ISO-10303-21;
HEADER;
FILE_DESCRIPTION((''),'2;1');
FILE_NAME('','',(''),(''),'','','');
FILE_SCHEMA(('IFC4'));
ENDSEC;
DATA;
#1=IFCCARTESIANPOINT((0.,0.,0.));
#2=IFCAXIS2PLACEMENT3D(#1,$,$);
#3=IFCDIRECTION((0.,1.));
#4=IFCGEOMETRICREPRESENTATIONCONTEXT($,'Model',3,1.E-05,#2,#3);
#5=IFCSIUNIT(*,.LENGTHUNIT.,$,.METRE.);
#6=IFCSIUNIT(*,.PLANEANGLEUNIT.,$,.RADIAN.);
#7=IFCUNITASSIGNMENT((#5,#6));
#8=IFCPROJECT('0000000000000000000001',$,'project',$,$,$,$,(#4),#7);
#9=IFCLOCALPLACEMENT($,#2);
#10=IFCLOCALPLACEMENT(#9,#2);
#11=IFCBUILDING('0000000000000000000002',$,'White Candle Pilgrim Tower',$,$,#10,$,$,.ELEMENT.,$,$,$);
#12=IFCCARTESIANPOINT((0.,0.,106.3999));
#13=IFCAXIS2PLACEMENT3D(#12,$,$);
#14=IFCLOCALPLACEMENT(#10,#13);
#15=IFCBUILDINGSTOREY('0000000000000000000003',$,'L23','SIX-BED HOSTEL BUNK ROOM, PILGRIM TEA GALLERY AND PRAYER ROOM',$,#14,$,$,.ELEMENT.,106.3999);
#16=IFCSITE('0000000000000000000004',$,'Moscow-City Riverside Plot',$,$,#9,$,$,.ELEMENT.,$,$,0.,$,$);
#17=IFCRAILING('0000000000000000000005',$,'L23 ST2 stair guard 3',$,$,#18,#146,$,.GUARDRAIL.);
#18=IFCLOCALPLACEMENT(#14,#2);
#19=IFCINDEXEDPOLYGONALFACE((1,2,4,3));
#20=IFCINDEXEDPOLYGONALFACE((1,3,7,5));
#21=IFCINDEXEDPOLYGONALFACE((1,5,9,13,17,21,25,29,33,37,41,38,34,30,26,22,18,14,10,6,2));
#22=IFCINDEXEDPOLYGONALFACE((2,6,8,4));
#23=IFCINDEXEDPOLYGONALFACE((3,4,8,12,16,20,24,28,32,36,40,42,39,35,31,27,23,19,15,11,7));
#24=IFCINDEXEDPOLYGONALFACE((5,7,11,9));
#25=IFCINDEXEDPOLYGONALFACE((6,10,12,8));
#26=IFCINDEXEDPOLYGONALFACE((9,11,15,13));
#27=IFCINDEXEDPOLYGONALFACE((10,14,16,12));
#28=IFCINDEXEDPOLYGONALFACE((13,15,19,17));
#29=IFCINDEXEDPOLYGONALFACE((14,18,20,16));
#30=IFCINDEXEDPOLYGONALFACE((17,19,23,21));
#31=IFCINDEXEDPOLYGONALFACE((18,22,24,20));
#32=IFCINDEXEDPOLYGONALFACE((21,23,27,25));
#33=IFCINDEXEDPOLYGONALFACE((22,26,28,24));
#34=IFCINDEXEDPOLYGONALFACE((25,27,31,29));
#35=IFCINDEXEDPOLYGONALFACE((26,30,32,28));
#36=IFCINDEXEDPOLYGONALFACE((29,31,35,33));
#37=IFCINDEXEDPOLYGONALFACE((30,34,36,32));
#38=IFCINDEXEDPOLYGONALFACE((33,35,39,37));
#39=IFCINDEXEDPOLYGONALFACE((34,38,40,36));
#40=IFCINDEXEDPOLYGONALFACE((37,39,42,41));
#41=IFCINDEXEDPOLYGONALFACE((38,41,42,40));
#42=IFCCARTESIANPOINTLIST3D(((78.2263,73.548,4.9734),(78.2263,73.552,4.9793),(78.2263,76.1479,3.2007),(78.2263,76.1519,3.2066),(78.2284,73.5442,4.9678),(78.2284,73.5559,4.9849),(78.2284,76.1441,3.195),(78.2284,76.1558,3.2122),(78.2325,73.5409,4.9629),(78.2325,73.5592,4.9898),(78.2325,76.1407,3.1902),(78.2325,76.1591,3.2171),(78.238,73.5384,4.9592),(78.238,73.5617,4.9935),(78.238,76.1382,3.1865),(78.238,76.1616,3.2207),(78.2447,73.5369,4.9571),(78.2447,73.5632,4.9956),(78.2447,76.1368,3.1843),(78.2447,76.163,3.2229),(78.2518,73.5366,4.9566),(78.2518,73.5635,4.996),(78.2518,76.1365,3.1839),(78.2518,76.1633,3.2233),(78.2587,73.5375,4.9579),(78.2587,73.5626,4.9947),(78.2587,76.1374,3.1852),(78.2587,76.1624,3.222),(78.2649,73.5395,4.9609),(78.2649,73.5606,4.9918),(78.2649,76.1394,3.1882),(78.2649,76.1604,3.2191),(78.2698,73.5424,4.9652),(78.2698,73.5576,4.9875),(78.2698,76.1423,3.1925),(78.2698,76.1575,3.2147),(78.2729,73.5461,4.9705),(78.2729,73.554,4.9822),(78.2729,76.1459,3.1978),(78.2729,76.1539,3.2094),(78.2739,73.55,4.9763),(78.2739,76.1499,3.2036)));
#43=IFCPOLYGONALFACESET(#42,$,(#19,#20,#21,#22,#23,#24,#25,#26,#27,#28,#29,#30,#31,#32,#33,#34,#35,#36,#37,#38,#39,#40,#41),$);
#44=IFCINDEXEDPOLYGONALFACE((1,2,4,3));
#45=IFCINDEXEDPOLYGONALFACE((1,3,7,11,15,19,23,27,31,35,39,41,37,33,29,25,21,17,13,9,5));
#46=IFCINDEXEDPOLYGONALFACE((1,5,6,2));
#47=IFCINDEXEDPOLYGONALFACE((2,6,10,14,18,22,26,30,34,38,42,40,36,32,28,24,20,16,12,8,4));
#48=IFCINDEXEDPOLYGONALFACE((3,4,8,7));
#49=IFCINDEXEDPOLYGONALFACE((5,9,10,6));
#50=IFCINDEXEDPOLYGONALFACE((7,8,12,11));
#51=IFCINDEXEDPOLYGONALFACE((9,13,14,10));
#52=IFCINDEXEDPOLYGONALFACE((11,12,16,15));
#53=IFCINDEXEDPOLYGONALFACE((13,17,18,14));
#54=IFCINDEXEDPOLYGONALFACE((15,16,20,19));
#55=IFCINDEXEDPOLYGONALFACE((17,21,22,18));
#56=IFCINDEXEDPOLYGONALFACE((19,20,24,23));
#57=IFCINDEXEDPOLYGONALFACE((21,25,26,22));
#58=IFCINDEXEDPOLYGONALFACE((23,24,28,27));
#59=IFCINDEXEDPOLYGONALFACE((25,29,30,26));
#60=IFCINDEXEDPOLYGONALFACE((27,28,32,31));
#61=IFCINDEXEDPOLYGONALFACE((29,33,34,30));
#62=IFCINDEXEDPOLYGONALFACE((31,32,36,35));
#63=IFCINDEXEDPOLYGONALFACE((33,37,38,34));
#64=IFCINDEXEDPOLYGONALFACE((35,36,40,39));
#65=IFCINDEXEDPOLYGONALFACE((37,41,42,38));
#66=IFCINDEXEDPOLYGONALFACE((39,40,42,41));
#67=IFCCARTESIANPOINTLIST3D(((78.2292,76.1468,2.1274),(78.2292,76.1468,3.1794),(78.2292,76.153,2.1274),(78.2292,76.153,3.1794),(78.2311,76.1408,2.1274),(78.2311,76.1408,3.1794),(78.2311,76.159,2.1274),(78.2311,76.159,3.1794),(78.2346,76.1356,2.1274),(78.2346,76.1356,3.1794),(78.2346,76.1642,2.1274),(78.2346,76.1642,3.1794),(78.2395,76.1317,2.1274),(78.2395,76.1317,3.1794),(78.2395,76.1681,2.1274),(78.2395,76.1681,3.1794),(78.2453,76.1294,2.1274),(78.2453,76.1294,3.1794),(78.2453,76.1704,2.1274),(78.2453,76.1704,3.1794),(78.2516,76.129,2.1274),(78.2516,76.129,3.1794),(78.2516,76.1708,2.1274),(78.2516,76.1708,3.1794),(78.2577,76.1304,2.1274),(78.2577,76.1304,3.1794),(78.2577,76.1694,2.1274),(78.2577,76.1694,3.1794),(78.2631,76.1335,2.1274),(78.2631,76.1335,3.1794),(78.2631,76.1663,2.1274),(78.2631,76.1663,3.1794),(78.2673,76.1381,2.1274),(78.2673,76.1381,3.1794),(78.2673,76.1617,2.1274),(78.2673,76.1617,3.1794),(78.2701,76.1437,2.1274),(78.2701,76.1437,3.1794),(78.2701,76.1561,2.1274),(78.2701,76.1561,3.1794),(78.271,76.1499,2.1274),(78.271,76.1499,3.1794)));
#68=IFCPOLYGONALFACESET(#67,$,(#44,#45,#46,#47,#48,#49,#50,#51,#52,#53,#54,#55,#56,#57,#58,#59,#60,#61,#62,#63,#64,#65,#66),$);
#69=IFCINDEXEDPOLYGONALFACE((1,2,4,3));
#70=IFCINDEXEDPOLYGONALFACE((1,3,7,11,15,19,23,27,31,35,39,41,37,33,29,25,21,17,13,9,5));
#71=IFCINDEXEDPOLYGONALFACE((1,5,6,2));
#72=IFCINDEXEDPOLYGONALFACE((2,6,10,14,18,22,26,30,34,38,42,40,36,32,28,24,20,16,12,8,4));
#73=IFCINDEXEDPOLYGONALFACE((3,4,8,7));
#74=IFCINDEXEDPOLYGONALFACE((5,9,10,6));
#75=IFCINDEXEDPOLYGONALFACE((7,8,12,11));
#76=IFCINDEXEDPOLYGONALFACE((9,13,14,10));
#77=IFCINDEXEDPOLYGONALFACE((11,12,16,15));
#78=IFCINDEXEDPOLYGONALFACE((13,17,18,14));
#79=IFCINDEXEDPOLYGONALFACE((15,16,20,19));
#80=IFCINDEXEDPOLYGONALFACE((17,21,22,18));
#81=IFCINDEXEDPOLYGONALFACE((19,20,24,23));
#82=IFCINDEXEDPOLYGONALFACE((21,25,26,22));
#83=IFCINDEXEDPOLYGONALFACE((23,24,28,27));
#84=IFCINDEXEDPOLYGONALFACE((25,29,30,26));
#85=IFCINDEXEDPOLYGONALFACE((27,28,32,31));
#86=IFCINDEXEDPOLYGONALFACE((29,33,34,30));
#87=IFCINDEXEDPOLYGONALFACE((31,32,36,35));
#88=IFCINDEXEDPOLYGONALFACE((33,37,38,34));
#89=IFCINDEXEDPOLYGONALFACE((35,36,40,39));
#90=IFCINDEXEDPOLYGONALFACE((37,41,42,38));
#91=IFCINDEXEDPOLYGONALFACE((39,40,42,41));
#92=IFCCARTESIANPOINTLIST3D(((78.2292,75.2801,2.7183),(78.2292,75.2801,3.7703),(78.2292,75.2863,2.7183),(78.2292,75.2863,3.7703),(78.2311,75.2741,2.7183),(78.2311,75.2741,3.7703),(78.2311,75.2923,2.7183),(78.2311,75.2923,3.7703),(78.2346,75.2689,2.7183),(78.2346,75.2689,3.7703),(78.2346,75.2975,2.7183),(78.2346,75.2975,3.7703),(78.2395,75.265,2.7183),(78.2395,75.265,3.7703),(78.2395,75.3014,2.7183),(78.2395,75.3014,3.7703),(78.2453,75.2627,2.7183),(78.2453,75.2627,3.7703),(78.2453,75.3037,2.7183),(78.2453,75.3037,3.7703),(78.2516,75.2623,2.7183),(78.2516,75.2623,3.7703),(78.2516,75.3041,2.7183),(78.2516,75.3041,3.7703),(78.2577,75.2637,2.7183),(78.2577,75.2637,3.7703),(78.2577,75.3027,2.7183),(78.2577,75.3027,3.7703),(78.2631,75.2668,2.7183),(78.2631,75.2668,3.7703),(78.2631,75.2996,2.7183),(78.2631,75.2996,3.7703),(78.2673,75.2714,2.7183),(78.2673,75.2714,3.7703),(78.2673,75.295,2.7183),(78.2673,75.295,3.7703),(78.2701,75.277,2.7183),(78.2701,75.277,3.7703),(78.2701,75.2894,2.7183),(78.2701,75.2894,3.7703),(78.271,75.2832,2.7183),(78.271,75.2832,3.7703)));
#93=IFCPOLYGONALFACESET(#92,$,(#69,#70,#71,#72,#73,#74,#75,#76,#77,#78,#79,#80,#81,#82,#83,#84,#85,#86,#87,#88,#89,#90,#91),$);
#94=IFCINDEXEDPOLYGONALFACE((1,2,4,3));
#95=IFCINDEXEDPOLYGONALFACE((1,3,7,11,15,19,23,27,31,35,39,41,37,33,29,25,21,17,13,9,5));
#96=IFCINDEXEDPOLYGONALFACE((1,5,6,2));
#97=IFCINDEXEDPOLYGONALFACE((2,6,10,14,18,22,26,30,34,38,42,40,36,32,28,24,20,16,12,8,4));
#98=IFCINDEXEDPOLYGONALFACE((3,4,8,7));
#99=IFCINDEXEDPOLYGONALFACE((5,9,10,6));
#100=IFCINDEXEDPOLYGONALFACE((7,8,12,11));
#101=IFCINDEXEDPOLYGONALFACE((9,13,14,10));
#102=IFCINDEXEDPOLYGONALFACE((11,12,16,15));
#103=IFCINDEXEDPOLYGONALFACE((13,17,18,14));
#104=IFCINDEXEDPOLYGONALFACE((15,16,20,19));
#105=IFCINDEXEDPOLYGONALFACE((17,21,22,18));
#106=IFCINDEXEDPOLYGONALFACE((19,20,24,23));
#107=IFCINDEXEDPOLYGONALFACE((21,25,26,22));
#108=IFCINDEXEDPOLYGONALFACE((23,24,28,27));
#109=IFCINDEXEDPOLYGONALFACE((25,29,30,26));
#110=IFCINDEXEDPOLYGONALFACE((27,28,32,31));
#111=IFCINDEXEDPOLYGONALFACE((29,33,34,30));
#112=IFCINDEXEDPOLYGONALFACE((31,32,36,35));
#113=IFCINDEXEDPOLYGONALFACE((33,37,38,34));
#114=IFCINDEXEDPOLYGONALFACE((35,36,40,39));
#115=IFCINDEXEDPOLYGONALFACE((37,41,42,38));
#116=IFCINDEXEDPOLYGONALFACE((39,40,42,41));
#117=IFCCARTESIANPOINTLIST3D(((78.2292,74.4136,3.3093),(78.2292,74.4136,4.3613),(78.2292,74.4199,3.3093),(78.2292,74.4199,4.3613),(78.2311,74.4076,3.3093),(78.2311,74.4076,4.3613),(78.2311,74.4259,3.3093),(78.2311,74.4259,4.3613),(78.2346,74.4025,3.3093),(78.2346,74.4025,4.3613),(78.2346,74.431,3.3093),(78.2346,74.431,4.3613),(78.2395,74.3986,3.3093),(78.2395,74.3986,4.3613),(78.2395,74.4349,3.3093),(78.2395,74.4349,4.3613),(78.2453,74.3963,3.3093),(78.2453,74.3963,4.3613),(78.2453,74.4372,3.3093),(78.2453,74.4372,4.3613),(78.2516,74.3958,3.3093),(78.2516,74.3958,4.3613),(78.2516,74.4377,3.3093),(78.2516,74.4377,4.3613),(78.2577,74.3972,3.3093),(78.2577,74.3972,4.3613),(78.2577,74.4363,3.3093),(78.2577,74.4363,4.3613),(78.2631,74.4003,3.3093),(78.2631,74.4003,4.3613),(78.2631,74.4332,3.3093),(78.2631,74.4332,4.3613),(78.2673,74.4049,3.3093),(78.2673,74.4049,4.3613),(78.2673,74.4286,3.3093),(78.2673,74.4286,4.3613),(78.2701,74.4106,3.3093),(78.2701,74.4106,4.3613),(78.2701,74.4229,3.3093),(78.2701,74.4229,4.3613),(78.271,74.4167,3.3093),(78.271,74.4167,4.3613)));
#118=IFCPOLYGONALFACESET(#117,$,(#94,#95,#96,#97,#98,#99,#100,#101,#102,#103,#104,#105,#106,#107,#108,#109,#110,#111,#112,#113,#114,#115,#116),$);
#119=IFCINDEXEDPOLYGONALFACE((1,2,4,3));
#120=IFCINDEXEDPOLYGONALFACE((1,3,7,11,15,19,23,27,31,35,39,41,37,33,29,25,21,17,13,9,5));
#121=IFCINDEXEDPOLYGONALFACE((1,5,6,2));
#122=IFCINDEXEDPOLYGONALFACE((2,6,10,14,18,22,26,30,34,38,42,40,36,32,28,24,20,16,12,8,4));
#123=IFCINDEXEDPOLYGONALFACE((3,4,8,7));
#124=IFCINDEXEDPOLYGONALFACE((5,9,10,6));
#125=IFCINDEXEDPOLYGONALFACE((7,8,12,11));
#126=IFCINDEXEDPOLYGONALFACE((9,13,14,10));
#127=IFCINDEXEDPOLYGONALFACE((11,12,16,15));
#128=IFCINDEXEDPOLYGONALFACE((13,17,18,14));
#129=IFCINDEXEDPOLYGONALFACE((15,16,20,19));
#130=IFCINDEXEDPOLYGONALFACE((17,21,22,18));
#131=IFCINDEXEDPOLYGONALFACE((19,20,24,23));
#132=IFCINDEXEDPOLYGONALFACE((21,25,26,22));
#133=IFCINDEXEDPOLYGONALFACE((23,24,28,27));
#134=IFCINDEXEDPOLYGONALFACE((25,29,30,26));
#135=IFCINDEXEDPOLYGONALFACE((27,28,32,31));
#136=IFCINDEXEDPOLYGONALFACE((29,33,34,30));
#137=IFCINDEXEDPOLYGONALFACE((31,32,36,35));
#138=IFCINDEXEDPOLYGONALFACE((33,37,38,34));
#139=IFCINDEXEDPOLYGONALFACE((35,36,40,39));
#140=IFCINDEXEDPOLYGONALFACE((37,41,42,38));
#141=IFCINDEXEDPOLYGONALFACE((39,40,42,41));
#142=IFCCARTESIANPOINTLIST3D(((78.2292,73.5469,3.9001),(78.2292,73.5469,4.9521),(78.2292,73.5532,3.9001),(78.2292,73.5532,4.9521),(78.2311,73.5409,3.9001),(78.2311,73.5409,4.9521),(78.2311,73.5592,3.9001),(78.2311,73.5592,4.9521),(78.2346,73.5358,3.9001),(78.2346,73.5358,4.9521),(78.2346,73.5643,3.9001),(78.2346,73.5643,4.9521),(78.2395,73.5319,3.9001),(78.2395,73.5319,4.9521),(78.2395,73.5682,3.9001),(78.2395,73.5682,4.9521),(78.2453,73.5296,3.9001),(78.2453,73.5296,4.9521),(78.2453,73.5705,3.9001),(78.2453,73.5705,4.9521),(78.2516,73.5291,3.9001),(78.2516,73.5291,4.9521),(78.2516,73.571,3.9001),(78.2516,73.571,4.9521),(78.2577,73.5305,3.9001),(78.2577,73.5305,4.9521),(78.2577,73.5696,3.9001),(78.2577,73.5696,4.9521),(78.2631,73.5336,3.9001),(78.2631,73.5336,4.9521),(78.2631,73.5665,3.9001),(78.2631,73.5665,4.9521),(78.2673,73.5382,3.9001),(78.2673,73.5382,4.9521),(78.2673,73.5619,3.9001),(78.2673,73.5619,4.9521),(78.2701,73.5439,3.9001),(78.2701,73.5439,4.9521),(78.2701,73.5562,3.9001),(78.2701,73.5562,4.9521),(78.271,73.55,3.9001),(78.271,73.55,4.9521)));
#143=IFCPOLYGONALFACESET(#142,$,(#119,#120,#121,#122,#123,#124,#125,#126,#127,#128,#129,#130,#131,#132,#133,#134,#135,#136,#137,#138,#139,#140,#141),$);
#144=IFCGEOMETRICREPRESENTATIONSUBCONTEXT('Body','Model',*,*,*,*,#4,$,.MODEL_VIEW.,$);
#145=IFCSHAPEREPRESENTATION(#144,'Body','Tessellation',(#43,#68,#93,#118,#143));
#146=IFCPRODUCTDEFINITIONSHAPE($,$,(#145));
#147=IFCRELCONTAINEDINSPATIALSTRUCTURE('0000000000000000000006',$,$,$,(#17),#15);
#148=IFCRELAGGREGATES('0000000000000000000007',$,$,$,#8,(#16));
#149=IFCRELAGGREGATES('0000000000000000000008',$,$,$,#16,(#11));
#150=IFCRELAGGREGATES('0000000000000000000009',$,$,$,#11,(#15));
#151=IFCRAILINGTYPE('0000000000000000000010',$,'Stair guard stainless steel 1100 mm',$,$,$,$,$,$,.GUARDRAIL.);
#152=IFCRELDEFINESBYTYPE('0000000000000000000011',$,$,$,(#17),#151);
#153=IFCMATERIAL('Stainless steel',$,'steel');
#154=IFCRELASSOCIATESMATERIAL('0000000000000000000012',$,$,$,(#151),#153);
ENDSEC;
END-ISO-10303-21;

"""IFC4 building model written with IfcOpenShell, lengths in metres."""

from ifc_helpers import new_model, si_unit, direction, frame, origin, origin_2d, place, context, subcontext, project, spatial, circle, extrude, material, type_object, element, save


model = new_model("IFC4")

# Units and contexts
model_context = context("Model", 3, precision=1e-05, world=origin(), true_north=direction((0.0, 1.0)))
body_context = subcontext(model_context, "Body", "Model", "MODEL_VIEW")
ifc_project = project(units=[si_unit("LENGTHUNIT", "METRE"), si_unit("PLANEANGLEUNIT", "RADIAN")], contexts=[model_context])

# Site, building, storey
site_placement = place(None, origin())
site = spatial("IfcSite", under=ifc_project, at=site_placement, Name="Moscow-City Riverside Plot", CompositionType="ELEMENT", RefElevation=0.0)
building_placement = place(site_placement, origin())
building = spatial("IfcBuilding", under=site, at=building_placement, Name="White Candle Pilgrim Tower", CompositionType="ELEMENT")
storey_placement = place(building_placement, frame((0.0, 0.0, 106.3999)))
storey = spatial("IfcBuildingStorey", under=building, at=storey_placement, Name="L23", Description="SIX-BED HOSTEL BUNK ROOM, PILGRIM TEA GALLERY AND PRAYER ROOM", CompositionType="ELEMENT", Elevation=106.3999)

# Railing
ifc_material_1 = material(Name="Stainless steel", Category="steel")
railing_type = type_object("IfcRailingType", Name="Stair guard stainless steel 1100 mm", PredefinedType="GUARDRAIL", material=ifc_material_1)
railing_1_placement = place(storey_placement, frame((78.25, 76.1499, 2.1274)))
element("IfcRailing", 1, at=railing_1_placement, inside=storey, type_object=railing_type, Name="L23 ST2 stair guard 3", PredefinedType="GUARDRAIL", context=body_context, shape_type="SweptSolid", body=[
    extrude(circle(Radius=0.0239, at=origin_2d()), frame((0.0, 0.0, 1.0762), z_axis=(0.0, -0.826216, 0.563354), x_axis=(1.0, 0.0, 0.0)), (0.0, 0.0, 1.0), 3.1467),
    extrude(circle(Radius=0.021, at=origin_2d()), origin(), (0.0, 0.0, 1.0), 1.052),
    extrude(circle(Radius=0.021, at=origin_2d()), frame((0.0, -0.8667, 0.5908)), (0.0, 0.0, 1.0), 1.052),
    extrude(circle(Radius=0.021, at=origin_2d()), frame((0.0, -1.7332, 1.1819)), (0.0, 0.0, 1.0), 1.052),
    extrude(circle(Radius=0.021, at=origin_2d()), frame((0.0, -2.5999, 1.7727)), (0.0, 0.0, 1.0), 1.052),
])

save(model, "model.ifc")
